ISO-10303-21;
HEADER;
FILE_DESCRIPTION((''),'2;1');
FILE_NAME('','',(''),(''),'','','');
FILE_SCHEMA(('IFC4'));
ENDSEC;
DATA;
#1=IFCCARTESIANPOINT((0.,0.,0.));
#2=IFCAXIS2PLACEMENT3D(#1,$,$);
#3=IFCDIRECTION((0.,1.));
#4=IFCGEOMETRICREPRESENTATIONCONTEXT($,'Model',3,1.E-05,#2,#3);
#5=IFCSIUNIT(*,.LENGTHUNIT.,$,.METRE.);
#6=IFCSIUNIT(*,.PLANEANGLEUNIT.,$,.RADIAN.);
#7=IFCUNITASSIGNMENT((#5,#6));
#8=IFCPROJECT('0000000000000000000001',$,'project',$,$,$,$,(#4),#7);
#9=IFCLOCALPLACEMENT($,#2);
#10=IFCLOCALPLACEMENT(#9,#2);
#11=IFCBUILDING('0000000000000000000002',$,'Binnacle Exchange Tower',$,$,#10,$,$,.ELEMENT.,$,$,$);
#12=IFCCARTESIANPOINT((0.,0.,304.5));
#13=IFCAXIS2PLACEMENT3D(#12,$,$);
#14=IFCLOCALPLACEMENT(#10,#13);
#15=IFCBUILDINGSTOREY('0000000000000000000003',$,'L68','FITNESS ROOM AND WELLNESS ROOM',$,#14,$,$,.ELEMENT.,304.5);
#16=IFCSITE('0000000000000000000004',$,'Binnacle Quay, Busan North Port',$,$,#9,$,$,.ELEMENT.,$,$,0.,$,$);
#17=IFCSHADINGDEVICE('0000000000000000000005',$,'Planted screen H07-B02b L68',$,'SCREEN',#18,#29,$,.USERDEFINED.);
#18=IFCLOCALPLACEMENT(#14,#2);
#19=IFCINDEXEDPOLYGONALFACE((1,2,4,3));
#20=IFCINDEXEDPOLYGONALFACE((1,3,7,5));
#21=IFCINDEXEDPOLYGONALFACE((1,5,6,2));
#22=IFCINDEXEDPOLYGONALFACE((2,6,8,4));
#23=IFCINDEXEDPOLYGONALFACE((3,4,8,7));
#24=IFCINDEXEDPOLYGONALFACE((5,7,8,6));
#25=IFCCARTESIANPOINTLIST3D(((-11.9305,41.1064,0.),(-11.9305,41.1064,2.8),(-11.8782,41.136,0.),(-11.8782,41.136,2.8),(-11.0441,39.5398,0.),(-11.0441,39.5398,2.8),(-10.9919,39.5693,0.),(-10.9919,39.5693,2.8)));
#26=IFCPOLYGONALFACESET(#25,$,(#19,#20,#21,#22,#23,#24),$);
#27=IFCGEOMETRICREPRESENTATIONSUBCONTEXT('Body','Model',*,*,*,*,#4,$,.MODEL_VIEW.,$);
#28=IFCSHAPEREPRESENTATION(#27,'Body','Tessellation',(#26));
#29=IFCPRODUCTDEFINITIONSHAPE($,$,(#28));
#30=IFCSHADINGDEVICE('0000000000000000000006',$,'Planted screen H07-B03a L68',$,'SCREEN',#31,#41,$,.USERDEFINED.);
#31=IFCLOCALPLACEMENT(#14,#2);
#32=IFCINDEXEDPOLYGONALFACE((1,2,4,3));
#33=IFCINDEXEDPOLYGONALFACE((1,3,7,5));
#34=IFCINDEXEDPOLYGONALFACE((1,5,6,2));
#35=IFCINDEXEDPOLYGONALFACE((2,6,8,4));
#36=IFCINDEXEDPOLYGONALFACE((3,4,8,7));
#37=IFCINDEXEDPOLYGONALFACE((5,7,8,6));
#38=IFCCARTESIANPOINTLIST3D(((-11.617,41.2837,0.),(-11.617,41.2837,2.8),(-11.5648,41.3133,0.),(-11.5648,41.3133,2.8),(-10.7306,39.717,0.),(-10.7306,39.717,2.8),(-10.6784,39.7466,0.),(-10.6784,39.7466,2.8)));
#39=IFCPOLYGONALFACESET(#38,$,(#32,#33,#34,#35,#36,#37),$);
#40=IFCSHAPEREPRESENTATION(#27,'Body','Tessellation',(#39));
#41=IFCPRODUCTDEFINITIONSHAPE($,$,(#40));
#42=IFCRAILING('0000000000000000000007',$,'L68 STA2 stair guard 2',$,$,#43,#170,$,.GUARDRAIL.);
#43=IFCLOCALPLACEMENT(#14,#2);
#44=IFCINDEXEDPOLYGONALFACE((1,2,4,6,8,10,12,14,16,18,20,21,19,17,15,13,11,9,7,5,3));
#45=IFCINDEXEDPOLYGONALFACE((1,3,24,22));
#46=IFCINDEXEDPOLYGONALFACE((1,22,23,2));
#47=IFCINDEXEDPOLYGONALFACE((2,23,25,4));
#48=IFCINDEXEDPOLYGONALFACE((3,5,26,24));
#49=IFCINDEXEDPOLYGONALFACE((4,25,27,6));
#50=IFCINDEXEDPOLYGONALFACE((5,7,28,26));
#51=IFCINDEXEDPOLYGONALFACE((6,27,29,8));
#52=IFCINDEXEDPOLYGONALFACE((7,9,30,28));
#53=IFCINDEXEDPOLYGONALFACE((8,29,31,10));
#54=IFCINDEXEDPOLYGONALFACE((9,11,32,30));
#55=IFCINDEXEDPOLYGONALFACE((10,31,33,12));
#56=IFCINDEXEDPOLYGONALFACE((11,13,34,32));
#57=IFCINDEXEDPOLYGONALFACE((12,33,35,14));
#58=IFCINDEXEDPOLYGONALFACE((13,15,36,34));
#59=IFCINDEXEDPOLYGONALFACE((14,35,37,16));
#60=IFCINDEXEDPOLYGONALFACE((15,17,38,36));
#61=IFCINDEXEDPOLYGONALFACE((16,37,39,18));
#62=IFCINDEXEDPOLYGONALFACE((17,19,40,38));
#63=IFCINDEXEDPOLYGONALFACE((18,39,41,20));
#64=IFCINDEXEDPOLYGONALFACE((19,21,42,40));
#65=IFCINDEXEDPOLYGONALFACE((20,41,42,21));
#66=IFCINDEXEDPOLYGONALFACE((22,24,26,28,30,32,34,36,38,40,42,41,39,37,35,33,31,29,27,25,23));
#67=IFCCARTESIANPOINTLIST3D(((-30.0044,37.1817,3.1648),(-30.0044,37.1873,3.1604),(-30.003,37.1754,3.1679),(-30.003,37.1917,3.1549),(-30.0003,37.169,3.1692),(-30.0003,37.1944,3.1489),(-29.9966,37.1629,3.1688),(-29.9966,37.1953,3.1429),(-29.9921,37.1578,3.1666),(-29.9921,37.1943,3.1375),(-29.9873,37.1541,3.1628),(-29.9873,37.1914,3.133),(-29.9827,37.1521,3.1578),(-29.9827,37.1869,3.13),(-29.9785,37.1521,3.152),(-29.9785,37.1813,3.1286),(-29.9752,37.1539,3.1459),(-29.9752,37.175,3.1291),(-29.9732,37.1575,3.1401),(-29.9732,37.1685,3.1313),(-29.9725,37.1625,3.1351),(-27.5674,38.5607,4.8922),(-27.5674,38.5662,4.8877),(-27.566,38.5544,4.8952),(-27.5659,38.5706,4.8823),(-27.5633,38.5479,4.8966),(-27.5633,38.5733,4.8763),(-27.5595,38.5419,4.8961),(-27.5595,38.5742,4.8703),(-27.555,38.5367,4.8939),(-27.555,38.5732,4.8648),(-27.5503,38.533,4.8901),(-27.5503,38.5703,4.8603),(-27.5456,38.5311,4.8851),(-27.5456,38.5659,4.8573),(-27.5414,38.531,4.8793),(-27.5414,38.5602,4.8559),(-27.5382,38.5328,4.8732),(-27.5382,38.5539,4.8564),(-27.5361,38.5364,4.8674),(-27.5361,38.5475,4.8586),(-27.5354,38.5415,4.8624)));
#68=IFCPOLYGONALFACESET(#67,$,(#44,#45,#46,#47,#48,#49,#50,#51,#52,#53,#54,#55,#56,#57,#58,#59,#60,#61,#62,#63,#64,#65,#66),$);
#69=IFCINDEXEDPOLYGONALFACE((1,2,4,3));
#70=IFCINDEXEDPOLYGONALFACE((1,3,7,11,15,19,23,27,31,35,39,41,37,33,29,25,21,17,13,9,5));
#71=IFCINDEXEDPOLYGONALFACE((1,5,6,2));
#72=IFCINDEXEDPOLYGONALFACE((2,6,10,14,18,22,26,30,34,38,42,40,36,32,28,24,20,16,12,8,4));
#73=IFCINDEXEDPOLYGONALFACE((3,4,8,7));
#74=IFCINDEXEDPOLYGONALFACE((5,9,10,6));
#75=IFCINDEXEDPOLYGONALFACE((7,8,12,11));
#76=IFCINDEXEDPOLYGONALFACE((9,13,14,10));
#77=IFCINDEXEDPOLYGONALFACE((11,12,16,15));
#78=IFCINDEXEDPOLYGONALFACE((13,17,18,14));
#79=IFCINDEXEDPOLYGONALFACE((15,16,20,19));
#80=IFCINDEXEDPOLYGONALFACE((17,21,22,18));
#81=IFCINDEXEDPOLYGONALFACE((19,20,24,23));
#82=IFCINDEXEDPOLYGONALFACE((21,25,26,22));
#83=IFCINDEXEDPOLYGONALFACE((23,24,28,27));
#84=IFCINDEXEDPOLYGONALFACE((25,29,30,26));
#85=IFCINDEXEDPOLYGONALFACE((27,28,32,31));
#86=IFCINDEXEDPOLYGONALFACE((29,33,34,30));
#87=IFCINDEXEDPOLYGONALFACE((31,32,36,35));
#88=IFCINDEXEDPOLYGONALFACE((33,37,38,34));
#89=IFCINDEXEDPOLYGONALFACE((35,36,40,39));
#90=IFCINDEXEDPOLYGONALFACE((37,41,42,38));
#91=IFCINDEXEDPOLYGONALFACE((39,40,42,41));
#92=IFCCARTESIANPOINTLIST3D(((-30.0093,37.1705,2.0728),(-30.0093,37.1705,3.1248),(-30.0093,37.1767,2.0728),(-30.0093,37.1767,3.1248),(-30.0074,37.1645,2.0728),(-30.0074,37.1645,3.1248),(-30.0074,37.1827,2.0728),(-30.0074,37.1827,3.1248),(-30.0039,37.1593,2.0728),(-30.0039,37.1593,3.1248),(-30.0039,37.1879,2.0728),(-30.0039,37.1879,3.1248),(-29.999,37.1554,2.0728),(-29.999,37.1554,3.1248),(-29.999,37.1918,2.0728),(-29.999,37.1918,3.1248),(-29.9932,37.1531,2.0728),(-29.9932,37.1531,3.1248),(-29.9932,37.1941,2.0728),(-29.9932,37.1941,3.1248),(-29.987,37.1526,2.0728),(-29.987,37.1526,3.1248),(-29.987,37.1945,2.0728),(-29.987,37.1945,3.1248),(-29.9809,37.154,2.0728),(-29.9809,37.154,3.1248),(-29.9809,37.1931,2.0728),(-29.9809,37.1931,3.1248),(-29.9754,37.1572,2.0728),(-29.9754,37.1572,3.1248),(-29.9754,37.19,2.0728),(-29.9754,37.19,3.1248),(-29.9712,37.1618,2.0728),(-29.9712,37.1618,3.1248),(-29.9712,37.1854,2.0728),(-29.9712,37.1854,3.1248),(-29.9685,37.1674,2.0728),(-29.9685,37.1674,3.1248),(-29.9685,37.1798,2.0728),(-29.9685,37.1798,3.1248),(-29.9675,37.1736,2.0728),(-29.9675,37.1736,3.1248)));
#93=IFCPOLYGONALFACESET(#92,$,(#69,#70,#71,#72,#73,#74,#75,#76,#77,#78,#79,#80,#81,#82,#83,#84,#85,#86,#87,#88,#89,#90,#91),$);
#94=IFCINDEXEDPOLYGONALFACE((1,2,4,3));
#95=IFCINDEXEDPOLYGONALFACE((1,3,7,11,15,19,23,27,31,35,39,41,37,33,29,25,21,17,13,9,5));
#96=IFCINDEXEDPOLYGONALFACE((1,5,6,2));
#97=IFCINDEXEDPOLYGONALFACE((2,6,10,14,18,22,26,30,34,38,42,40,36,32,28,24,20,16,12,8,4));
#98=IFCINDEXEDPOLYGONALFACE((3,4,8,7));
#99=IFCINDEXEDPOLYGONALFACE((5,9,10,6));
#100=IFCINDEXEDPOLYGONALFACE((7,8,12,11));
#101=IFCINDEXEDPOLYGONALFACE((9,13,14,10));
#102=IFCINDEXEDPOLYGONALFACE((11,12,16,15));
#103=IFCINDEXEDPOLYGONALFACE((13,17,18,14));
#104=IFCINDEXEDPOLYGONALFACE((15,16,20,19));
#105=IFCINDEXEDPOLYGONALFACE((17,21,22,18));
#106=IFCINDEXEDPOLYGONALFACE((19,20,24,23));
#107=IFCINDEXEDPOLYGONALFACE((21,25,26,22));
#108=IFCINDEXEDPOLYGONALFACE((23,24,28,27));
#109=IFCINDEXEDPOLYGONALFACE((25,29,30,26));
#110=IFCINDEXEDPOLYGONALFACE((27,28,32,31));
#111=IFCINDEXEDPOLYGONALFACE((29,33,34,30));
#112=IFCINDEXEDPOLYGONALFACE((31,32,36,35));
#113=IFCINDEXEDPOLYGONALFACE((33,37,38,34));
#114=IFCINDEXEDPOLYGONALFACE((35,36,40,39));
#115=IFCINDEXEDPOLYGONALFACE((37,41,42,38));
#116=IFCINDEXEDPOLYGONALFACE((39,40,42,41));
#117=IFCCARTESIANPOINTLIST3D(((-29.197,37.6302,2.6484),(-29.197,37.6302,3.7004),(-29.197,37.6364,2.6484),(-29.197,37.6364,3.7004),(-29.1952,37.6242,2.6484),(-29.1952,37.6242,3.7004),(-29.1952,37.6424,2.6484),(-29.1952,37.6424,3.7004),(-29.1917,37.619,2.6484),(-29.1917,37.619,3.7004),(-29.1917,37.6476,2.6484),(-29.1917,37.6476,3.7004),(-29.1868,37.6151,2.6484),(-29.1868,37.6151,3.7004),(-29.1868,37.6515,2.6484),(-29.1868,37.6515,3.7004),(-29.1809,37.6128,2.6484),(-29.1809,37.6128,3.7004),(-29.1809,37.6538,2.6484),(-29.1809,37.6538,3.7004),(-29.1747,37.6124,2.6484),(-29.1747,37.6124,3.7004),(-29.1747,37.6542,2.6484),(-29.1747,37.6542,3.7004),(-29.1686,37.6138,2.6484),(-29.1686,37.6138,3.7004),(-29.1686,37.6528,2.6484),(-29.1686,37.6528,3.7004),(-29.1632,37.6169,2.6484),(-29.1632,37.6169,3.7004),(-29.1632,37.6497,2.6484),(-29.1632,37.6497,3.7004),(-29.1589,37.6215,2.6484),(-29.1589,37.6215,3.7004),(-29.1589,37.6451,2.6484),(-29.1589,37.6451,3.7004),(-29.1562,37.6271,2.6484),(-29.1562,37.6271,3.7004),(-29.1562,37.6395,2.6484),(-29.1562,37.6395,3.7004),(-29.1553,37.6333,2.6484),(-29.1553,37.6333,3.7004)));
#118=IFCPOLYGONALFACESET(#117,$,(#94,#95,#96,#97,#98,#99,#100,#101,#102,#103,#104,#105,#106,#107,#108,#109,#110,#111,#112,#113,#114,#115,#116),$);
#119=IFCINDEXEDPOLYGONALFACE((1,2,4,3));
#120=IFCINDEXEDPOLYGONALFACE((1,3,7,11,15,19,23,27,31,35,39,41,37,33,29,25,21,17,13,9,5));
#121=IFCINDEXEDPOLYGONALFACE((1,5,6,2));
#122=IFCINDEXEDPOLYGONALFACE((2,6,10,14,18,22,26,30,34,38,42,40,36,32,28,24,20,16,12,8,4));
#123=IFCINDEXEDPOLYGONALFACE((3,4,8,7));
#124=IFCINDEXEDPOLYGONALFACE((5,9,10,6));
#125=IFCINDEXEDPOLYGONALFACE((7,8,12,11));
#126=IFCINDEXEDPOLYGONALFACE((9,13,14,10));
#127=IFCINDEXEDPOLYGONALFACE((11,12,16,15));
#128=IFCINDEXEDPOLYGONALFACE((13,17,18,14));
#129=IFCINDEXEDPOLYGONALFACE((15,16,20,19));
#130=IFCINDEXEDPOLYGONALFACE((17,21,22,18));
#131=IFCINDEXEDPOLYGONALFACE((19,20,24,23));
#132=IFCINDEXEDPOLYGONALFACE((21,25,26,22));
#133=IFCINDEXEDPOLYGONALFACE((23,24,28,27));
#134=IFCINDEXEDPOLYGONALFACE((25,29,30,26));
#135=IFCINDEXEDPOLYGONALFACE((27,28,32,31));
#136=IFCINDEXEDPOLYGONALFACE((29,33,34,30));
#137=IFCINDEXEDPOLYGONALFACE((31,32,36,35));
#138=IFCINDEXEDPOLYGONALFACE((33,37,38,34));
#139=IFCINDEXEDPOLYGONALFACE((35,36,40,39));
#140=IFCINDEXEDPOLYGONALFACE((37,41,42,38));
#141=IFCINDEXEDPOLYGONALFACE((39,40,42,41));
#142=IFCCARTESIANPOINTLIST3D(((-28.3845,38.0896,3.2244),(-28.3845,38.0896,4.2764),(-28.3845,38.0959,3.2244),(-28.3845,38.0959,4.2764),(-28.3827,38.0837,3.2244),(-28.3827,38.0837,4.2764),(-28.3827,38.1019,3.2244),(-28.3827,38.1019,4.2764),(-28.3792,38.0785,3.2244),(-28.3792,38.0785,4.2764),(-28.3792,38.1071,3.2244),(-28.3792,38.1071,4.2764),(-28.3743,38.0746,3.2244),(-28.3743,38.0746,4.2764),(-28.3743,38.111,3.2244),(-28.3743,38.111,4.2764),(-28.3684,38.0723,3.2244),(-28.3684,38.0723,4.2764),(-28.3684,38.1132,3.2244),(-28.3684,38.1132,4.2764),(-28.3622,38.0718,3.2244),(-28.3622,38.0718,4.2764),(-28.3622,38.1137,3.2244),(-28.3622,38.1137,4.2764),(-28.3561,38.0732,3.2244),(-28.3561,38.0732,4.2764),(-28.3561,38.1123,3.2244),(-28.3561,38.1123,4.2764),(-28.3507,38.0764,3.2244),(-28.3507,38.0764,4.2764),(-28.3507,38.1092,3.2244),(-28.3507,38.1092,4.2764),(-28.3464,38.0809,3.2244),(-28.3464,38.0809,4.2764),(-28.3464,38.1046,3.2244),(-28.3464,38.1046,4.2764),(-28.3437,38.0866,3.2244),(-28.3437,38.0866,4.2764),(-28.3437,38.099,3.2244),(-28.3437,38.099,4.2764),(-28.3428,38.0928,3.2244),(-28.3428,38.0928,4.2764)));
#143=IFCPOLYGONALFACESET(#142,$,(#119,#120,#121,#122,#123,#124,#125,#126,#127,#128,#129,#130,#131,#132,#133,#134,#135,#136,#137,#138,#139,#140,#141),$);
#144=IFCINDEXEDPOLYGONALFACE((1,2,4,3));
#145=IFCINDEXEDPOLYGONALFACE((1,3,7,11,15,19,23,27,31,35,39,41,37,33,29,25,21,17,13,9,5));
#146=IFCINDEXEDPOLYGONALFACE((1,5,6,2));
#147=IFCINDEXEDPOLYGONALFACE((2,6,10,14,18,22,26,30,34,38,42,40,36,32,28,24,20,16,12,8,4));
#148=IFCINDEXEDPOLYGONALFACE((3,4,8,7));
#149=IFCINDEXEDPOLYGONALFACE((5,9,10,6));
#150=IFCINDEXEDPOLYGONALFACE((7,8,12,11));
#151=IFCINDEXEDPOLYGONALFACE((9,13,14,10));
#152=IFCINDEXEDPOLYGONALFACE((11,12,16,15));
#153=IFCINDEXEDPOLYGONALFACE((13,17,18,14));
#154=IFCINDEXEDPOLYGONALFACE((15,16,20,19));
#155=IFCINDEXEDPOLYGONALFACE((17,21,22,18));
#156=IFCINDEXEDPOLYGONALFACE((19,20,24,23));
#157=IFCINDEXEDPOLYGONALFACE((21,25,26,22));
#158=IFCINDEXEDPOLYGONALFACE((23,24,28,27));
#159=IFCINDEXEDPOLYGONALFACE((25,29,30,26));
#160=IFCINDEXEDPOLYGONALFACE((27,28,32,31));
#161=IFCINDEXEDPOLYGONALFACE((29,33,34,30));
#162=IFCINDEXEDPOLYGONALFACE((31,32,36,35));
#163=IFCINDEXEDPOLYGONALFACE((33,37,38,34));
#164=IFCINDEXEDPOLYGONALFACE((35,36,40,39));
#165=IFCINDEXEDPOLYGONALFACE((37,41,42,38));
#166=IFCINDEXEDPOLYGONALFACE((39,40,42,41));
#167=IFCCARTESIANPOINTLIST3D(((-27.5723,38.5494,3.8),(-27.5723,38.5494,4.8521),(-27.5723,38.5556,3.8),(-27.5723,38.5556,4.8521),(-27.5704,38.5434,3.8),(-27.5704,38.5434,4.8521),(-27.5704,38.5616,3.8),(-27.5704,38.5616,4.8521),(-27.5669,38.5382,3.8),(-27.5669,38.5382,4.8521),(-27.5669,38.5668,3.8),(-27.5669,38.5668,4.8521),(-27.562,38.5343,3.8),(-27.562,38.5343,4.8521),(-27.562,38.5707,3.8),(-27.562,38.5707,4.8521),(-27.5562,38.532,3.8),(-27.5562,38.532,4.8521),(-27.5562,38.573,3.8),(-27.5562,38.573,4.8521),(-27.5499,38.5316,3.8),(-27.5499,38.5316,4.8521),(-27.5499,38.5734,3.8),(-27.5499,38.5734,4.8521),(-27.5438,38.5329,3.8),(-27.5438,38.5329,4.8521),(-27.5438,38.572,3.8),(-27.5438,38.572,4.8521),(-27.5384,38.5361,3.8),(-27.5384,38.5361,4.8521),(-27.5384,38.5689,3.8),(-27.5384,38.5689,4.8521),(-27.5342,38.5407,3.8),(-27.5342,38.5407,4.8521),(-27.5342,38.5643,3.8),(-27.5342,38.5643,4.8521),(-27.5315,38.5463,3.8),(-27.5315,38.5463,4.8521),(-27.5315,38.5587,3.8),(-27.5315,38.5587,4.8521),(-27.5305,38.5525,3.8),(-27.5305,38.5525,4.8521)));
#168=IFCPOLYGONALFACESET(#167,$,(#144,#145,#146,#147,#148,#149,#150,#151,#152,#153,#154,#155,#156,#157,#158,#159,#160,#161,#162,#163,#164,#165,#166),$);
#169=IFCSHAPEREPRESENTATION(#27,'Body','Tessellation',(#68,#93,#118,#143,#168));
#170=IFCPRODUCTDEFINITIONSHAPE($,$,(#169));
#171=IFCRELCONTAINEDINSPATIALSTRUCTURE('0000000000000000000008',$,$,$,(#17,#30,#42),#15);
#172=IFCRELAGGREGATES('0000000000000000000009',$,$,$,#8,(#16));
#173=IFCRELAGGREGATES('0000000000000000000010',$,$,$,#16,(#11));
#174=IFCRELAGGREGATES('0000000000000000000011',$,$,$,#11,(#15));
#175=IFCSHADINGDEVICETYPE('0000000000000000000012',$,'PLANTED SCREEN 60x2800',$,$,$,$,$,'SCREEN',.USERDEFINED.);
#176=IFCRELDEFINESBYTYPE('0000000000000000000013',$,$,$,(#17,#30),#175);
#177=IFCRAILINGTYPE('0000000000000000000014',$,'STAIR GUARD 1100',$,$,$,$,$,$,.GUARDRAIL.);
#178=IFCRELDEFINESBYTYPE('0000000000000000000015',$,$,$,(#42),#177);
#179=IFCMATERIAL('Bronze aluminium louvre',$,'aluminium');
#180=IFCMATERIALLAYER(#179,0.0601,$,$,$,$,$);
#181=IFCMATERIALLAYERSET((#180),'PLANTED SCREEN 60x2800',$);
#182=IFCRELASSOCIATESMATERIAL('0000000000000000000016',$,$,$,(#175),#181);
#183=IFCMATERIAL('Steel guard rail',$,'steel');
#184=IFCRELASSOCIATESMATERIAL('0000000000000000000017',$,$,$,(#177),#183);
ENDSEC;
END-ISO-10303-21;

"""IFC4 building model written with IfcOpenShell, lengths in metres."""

from ifc_helpers import new_model, si_unit, direction, frame, origin, origin_2d, place, context, subcontext, project, spatial, rectangle, circle, extrude, material, layer, layer_set, type_object, element, save


model = new_model("IFC4")

# Units and contexts
model_context = context("Model", 3, precision=1e-05, world=origin(), true_north=direction((0.0, 1.0)))
body_context = subcontext(model_context, "Body", "Model", "MODEL_VIEW")
ifc_project = project(units=[si_unit("LENGTHUNIT", "METRE"), si_unit("PLANEANGLEUNIT", "RADIAN")], contexts=[model_context])

# Site, building, storey
site_placement = place(None, origin())
site = spatial("IfcSite", under=ifc_project, at=site_placement, Name="Binnacle Quay, Busan North Port", CompositionType="ELEMENT", RefElevation=0.0)
building_placement = place(site_placement, origin())
building = spatial("IfcBuilding", under=site, at=building_placement, Name="Binnacle Exchange Tower", CompositionType="ELEMENT")
storey_placement = place(building_placement, frame((0.0, 0.0, 304.5)))
storey = spatial("IfcBuildingStorey", under=building, at=storey_placement, Name="L68", Description="FITNESS ROOM AND WELLNESS ROOM", CompositionType="ELEMENT", Elevation=304.5)

# Shading devices
ifc_material_1 = material(Name="Bronze aluminium louvre", Category="aluminium")
ifc_layer_1 = layer(ifc_material_1, 0.0601)
ifc_layer_set_1 = layer_set([ifc_layer_1], Name="PLANTED SCREEN 60x2800")
shading_device_type = type_object("IfcShadingDeviceType", Name="PLANTED SCREEN 60x2800", ElementType="SCREEN", PredefinedType="USERDEFINED", material=ifc_layer_set_1)
for number, where, z_axis, x_axis, name in (
    (1, (-11.4612, 40.3379, 0.0), (0.0, 0.0, 1.0), (0.870356, 0.492424, 0.0), "Planted screen H07-B02b L68"),
    (2, (-11.1477, 40.5151, 0.0), (0.0, 0.0, 1.0), (0.870356, 0.492424, 0.0), "Planted screen H07-B03a L68"),
):
    element("IfcShadingDevice", number, at=place(storey_placement, frame(where, z_axis=z_axis, x_axis=x_axis)), inside=storey, type_object=shading_device_type, Name=name, ObjectType="SCREEN", PredefinedType="USERDEFINED", context=body_context, shape_type="SweptSolid", body=[
        extrude(rectangle(XDim=0.0601, YDim=1.8, at=origin_2d()), origin(), (0.0, 0.0, 1.0), 2.8),
    ])

# Railing
ifc_material_2 = material(Name="Steel guard rail", Category="steel")
railing_type_1 = type_object("IfcRailingType", Name="STAIR GUARD 1100", PredefinedType="GUARDRAIL", material=ifc_material_2)
railing_1_placement = place(storey_placement, frame((-29.9885, 37.1736, 2.0728)))
element("IfcRailing", 3, at=railing_1_placement, inside=storey, type_object=railing_type_1, Name="L68 STA2 stair guard 2", PredefinedType="GUARDRAIL", context=body_context, shape_type="SweptSolid", body=[
    extrude(circle(Radius=0.0239, at=origin_2d()), frame((0.0, 0.0, 1.0762), z_axis=(0.740738, 0.419123, 0.525017), x_axis=(-0.492454, 0.870339, 0.0)), (0.0, 0.0, 1.0), 3.29),
    extrude(circle(Radius=0.021, at=origin_2d()), origin(), (0.0, 0.0, 1.0), 1.052),
    extrude(circle(Radius=0.021, at=origin_2d()), frame((0.8123, 0.4597, 0.5757)), (0.0, 0.0, 1.0), 1.052),
    extrude(circle(Radius=0.021, at=origin_2d()), frame((1.6248, 0.9192, 1.1516)), (0.0, 0.0, 1.0), 1.052),
    extrude(circle(Radius=0.021, at=origin_2d()), frame((2.437, 1.3789, 1.7273)), (0.0, 0.0, 1.0), 1.052),
])

save(model, "model.ifc")
